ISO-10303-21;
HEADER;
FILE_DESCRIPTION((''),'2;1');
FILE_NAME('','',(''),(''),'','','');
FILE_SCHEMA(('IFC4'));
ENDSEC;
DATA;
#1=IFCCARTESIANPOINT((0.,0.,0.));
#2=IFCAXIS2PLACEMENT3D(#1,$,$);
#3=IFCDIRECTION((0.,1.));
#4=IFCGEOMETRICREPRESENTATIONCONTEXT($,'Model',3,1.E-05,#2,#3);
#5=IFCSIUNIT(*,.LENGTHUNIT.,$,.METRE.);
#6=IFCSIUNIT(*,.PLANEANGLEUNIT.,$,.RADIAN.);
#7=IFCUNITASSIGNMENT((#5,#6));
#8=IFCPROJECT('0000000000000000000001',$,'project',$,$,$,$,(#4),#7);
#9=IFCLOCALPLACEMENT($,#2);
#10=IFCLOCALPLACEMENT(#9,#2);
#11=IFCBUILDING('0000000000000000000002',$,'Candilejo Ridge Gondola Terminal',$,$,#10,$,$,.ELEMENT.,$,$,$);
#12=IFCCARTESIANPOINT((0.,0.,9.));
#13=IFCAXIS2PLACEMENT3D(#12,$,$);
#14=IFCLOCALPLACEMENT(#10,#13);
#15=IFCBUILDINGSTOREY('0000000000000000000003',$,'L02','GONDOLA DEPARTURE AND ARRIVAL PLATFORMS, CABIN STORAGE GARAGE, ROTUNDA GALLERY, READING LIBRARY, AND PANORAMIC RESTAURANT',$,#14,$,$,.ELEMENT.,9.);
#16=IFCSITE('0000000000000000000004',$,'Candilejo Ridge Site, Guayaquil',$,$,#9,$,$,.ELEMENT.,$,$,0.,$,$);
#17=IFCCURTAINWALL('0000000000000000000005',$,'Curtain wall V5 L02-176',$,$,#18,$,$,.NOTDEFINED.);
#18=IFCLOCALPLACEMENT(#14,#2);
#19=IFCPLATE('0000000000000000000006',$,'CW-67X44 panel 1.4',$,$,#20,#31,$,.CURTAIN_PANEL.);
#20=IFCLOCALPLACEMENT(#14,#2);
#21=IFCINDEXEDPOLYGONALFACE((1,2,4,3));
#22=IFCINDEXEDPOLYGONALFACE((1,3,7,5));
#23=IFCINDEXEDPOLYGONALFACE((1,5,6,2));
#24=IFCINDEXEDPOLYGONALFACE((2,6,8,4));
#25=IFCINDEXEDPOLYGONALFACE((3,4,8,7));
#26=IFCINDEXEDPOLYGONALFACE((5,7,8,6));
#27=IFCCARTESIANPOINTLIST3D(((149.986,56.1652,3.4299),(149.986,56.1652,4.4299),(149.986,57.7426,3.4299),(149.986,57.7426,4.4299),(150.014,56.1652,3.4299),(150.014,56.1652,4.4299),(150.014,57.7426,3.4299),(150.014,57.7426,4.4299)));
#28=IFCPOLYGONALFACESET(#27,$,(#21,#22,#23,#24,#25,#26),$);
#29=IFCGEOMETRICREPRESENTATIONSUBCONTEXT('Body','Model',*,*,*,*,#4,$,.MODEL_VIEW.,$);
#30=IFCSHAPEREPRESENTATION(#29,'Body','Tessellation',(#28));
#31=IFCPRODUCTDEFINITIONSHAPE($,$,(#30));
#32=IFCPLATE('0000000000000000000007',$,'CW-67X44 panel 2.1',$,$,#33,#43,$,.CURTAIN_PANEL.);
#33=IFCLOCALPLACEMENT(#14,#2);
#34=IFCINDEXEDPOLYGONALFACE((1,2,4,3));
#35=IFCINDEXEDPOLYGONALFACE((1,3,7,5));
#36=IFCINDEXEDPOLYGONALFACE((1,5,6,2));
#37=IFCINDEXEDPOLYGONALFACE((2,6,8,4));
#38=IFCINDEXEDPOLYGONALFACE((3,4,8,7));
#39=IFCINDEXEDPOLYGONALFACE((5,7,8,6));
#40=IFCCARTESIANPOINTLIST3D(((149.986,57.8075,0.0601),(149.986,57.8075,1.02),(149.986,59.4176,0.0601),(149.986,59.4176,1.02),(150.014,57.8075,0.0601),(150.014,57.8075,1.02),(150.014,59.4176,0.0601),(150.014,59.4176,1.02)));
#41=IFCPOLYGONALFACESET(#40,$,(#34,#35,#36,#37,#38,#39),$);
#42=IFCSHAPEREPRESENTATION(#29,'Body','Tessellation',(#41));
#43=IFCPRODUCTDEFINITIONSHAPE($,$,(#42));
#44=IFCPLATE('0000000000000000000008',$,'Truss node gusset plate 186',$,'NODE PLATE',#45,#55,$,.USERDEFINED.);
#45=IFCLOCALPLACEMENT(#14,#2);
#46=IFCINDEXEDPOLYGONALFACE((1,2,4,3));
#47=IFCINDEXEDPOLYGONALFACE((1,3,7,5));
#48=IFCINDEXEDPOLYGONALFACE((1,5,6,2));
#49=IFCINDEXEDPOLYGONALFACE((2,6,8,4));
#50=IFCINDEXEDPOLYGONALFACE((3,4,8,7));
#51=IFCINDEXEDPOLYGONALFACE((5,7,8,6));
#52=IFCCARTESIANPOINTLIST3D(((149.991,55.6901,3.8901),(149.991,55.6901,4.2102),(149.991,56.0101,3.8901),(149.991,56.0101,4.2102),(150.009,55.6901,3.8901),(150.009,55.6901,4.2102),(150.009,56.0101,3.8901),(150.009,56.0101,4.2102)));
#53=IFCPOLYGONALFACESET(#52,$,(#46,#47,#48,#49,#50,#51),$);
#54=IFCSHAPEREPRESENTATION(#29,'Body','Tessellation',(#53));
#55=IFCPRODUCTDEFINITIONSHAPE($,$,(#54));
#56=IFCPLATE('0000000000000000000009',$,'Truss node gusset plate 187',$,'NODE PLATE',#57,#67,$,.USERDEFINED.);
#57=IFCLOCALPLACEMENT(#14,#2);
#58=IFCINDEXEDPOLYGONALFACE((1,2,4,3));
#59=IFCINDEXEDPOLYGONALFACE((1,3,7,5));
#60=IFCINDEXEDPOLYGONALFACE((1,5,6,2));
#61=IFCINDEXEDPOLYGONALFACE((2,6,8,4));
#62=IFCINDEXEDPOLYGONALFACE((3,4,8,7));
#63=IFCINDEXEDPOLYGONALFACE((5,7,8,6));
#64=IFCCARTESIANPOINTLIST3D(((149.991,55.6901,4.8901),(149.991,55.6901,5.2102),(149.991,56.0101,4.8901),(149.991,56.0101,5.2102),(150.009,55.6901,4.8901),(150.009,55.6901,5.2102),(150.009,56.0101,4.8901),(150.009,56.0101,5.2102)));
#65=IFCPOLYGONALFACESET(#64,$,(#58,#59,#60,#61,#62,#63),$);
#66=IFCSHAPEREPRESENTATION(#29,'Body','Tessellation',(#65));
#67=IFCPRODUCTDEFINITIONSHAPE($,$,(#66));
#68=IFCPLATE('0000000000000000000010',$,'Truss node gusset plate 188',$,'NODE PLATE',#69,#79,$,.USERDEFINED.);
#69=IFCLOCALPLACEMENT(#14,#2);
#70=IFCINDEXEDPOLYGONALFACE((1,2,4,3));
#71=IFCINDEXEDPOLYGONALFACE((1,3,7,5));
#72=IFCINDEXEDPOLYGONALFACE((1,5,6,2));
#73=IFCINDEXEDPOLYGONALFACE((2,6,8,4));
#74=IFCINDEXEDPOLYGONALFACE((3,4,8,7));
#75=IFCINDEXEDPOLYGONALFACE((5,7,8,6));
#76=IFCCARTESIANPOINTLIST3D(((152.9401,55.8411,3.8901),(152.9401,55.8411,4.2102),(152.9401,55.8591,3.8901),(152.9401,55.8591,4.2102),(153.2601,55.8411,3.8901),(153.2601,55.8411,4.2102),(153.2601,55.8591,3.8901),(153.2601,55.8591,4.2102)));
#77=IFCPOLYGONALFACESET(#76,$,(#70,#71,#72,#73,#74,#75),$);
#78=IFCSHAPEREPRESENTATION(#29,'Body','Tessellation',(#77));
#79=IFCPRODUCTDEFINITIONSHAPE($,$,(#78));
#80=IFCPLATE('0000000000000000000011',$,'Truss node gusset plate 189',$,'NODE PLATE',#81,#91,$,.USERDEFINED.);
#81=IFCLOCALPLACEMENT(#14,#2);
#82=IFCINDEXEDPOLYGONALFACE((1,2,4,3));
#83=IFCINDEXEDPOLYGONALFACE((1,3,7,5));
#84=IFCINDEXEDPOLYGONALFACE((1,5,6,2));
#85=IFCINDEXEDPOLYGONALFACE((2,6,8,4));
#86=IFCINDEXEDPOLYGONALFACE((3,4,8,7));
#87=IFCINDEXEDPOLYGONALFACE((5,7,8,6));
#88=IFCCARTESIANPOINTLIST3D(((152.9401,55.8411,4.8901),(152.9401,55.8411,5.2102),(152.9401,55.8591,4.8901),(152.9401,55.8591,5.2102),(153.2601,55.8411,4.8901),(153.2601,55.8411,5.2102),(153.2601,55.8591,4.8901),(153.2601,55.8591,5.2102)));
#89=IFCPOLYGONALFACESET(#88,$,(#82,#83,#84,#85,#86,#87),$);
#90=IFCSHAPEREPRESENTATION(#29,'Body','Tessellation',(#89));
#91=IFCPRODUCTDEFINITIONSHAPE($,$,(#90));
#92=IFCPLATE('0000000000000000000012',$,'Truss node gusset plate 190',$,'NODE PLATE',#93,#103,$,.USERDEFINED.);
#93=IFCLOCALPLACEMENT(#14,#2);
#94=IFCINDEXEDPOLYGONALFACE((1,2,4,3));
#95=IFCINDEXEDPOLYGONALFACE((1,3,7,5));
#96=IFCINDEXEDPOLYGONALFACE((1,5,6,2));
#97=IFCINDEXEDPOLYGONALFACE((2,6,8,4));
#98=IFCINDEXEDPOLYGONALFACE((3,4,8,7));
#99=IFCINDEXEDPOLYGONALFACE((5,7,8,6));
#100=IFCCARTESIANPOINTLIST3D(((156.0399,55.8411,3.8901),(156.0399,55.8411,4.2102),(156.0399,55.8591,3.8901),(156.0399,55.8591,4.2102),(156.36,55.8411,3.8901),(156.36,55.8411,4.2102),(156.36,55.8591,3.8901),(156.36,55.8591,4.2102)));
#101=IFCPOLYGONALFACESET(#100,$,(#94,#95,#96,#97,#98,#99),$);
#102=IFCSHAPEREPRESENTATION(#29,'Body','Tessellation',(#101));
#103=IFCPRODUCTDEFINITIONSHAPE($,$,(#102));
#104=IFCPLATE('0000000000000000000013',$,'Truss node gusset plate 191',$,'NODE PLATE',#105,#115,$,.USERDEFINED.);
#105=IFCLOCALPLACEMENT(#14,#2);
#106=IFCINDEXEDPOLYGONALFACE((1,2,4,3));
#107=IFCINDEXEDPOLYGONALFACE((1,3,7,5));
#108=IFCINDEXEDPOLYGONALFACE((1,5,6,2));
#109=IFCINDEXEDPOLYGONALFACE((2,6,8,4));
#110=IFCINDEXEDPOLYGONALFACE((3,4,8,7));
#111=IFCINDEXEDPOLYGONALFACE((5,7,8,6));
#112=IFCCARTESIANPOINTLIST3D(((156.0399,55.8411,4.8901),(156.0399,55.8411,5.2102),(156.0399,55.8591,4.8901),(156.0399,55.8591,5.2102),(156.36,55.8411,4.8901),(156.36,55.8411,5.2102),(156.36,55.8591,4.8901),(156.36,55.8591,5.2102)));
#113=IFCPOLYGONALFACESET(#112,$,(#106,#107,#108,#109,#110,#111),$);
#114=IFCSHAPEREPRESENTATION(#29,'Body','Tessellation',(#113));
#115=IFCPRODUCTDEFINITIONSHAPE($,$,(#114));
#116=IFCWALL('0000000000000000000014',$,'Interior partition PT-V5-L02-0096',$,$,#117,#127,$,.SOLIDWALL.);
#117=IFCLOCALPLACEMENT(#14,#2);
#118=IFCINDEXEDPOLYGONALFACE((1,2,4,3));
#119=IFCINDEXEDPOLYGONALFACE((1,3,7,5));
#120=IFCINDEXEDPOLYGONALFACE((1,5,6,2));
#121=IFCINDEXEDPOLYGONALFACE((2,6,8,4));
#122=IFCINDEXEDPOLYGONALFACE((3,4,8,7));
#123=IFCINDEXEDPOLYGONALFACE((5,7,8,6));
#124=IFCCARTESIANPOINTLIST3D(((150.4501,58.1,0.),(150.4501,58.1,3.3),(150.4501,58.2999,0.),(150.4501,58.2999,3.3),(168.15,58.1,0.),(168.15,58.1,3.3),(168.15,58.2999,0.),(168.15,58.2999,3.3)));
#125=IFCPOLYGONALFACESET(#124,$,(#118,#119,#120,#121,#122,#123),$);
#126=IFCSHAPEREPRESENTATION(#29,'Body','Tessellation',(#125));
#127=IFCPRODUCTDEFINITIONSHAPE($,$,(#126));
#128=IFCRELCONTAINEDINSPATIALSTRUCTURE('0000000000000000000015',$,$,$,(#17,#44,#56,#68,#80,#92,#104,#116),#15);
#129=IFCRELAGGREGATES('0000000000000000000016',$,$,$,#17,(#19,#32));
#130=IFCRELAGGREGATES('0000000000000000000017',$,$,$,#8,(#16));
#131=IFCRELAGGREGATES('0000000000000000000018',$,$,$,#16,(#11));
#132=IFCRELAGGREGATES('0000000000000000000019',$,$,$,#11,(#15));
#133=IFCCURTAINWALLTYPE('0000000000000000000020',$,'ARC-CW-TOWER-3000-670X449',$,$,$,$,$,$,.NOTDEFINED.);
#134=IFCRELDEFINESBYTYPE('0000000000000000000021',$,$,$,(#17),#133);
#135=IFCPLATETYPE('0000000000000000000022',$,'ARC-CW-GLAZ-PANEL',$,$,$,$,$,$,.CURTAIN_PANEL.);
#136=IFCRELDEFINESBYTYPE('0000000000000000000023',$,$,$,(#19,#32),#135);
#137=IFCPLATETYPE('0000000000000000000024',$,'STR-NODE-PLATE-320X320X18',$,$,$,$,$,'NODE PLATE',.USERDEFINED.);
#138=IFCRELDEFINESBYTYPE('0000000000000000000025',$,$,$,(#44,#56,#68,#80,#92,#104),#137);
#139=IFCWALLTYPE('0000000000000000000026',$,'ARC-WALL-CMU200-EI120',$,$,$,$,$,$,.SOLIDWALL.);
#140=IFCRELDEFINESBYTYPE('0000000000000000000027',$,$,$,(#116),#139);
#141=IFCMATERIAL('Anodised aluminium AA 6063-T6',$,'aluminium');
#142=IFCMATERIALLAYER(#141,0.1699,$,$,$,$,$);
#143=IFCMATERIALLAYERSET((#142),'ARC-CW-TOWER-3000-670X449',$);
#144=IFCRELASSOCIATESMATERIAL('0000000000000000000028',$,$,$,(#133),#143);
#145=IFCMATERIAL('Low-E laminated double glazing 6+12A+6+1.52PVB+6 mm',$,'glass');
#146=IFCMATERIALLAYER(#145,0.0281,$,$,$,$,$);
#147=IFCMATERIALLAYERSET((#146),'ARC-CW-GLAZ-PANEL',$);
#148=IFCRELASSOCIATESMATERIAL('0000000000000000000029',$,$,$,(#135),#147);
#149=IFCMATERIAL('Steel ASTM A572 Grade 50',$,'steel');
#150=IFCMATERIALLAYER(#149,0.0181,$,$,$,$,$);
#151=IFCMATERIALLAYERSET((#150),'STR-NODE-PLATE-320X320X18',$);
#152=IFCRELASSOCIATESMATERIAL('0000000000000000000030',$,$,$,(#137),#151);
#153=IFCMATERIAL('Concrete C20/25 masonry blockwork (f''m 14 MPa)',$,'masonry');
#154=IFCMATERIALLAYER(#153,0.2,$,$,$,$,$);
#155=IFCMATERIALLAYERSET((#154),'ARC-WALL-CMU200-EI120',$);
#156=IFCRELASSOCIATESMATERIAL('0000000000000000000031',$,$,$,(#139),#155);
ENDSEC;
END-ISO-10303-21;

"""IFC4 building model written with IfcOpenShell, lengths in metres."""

from ifc_helpers import new_model, si_unit, direction, frame, frame_2d, origin, origin_2d, place, context, subcontext, project, spatial, rectangle, extrude, material, layer, layer_set, type_object, element, aggregate, save


model = new_model("IFC4")

# Units and contexts
model_context = context("Model", 3, precision=1e-05, world=origin(), true_north=direction((0.0, 1.0)))
body_context = subcontext(model_context, "Body", "Model", "MODEL_VIEW")
ifc_project = project(units=[si_unit("LENGTHUNIT", "METRE"), si_unit("PLANEANGLEUNIT", "RADIAN")], contexts=[model_context])

# Site, building, storey
site_placement = place(None, origin())
site = spatial("IfcSite", under=ifc_project, at=site_placement, Name="Candilejo Ridge Site, Guayaquil", CompositionType="ELEMENT", RefElevation=0.0)
building_placement = place(site_placement, origin())
building = spatial("IfcBuilding", under=site, at=building_placement, Name="Candilejo Ridge Gondola Terminal", CompositionType="ELEMENT")
storey_placement = place(building_placement, frame((0.0, 0.0, 9.0)))
storey = spatial("IfcBuildingStorey", under=building, at=storey_placement, Name="L02", Description="GONDOLA DEPARTURE AND ARRIVAL PLATFORMS, CABIN STORAGE GARAGE, ROTUNDA GALLERY, READING LIBRARY, AND PANORAMIC RESTAURANT", CompositionType="ELEMENT", Elevation=9.0)

# Curtain wall
ifc_material_1 = material(Name="Anodised aluminium AA 6063-T6", Category="aluminium")
ifc_layer_1 = layer(ifc_material_1, 0.1699)
ifc_layer_set_1 = layer_set([ifc_layer_1], Name="ARC-CW-TOWER-3000-670X449")
curtain_wall_type = type_object("IfcCurtainWallType", Name="ARC-CW-TOWER-3000-670X449", PredefinedType="NOTDEFINED", material=ifc_layer_set_1)
curtain_wall_placement = place(storey_placement, origin())
curtain_wall = element("IfcCurtainWall", 1, at=curtain_wall_placement, inside=storey, type_object=curtain_wall_type, Name="Curtain wall V5 L02-176", PredefinedType="NOTDEFINED")

# Plates
ifc_material_2 = material(Name="Low-E laminated double glazing 6+12A+6+1.52PVB+6 mm", Category="glass")
ifc_layer_2 = layer(ifc_material_2, 0.0281)
ifc_layer_set_2 = layer_set([ifc_layer_2], Name="ARC-CW-GLAZ-PANEL")
plate_type_1 = type_object("IfcPlateType", Name="ARC-CW-GLAZ-PANEL", PredefinedType="CURTAIN_PANEL", material=ifc_layer_set_2)
plate_1_placement = place(storey_placement, frame((150.0, 56.9539, 3.4299), z_axis=(0.0, 0.0, 1.0), x_axis=(0.0, 1.0, 0.0)))
plate_1 = element("IfcPlate", 2, at=plate_1_placement, type_object=plate_type_1, Name="CW-67X44 panel 1.4", PredefinedType="CURTAIN_PANEL", context=body_context, shape_type="SweptSolid", body=[
    extrude(rectangle(XDim=1.5774, YDim=0.0281, at=origin_2d()), origin(), (0.0, 0.0, 1.0), 1.0),
])
plate_2_placement = place(storey_placement, frame((150.0, 58.6125, 0.0601), z_axis=(0.0, 0.0, 1.0), x_axis=(0.0, 1.0, 0.0)))
plate_2 = element("IfcPlate", 3, at=plate_2_placement, type_object=plate_type_1, Name="CW-67X44 panel 2.1", PredefinedType="CURTAIN_PANEL", context=body_context, shape_type="SweptSolid", body=[
    extrude(rectangle(XDim=1.6101, YDim=0.0281, at=origin_2d()), origin(), (0.0, 0.0, 1.0), 0.96),
])
aggregate(curtain_wall, [plate_1, plate_2])

# Plates
ifc_material_3 = material(Name="Steel ASTM A572 Grade 50", Category="steel")
ifc_layer_3 = layer(ifc_material_3, 0.0181)
ifc_layer_set_3 = layer_set([ifc_layer_3], Name="STR-NODE-PLATE-320X320X18")
plate_type_2 = type_object("IfcPlateType", Name="STR-NODE-PLATE-320X320X18", ElementType="NODE PLATE", PredefinedType="USERDEFINED", material=ifc_layer_set_3)
for number, where, z_axis, x_axis, name in (
    (4, (150.0, 55.8501, 3.8901), (0.0, 0.0, 1.0), (1.0, 0.0, 0.0), "Truss node gusset plate 186"),
    (5, (150.0, 55.8501, 4.8901), (0.0, 0.0, 1.0), (1.0, 0.0, 0.0), "Truss node gusset plate 187"),
):
    element("IfcPlate", number, at=place(storey_placement, frame(where, z_axis=z_axis, x_axis=x_axis)), inside=storey, type_object=plate_type_2, Name=name, ObjectType="NODE PLATE", PredefinedType="USERDEFINED", context=body_context, shape_type="SweptSolid", body=[
        extrude(rectangle(XDim=0.0181, YDim=0.3201, at=origin_2d()), origin(), (0.0, 0.0, 1.0), 0.3201),
    ])
for number, where, z_axis, x_axis, name in (
    (6, (153.1001, 55.8501, 3.8901), (0.0, 0.0, 1.0), (1.0, 0.0, 0.0), "Truss node gusset plate 188"),
    (7, (153.1001, 55.8501, 4.8901), (0.0, 0.0, 1.0), (1.0, 0.0, 0.0), "Truss node gusset plate 189"),
    (8, (156.2, 55.8501, 3.8901), (0.0, 0.0, 1.0), (1.0, 0.0, 0.0), "Truss node gusset plate 190"),
    (9, (156.2, 55.8501, 4.8901), (0.0, 0.0, 1.0), (1.0, 0.0, 0.0), "Truss node gusset plate 191"),
):
    element("IfcPlate", number, at=place(storey_placement, frame(where, z_axis=z_axis, x_axis=x_axis)), inside=storey, type_object=plate_type_2, Name=name, ObjectType="NODE PLATE", PredefinedType="USERDEFINED", context=body_context, shape_type="SweptSolid", body=[
        extrude(rectangle(XDim=0.3201, YDim=0.0181, at=origin_2d()), origin(), (0.0, 0.0, 1.0), 0.3201),
    ])

# Wall
ifc_material_4 = material(Name="Concrete C20/25 masonry blockwork (f'm 14 MPa)", Category="masonry")
ifc_layer_4 = layer(ifc_material_4, 0.2)
ifc_layer_set_4 = layer_set([ifc_layer_4], Name="ARC-WALL-CMU200-EI120")
wall_type = type_object("IfcWallType", Name="ARC-WALL-CMU200-EI120", PredefinedType="SOLIDWALL", material=ifc_layer_set_4)
wall_placement = place(storey_placement, frame((150.45, 58.2, 0.0), z_axis=(0.0, 0.0, 1.0), x_axis=(1.0, 0.0, 0.0)))
element("IfcWall", 10, at=wall_placement, inside=storey, type_object=wall_type, Name="Interior partition PT-V5-L02-0096", PredefinedType="SOLIDWALL", context=body_context, shape_type="SweptSolid", body=[
    extrude(rectangle(XDim=17.7, YDim=0.2, at=frame_2d((8.8501, 0.0))), origin(), (0.0, 0.0, 1.0), 3.3),
])

save(model, "model.ifc")
